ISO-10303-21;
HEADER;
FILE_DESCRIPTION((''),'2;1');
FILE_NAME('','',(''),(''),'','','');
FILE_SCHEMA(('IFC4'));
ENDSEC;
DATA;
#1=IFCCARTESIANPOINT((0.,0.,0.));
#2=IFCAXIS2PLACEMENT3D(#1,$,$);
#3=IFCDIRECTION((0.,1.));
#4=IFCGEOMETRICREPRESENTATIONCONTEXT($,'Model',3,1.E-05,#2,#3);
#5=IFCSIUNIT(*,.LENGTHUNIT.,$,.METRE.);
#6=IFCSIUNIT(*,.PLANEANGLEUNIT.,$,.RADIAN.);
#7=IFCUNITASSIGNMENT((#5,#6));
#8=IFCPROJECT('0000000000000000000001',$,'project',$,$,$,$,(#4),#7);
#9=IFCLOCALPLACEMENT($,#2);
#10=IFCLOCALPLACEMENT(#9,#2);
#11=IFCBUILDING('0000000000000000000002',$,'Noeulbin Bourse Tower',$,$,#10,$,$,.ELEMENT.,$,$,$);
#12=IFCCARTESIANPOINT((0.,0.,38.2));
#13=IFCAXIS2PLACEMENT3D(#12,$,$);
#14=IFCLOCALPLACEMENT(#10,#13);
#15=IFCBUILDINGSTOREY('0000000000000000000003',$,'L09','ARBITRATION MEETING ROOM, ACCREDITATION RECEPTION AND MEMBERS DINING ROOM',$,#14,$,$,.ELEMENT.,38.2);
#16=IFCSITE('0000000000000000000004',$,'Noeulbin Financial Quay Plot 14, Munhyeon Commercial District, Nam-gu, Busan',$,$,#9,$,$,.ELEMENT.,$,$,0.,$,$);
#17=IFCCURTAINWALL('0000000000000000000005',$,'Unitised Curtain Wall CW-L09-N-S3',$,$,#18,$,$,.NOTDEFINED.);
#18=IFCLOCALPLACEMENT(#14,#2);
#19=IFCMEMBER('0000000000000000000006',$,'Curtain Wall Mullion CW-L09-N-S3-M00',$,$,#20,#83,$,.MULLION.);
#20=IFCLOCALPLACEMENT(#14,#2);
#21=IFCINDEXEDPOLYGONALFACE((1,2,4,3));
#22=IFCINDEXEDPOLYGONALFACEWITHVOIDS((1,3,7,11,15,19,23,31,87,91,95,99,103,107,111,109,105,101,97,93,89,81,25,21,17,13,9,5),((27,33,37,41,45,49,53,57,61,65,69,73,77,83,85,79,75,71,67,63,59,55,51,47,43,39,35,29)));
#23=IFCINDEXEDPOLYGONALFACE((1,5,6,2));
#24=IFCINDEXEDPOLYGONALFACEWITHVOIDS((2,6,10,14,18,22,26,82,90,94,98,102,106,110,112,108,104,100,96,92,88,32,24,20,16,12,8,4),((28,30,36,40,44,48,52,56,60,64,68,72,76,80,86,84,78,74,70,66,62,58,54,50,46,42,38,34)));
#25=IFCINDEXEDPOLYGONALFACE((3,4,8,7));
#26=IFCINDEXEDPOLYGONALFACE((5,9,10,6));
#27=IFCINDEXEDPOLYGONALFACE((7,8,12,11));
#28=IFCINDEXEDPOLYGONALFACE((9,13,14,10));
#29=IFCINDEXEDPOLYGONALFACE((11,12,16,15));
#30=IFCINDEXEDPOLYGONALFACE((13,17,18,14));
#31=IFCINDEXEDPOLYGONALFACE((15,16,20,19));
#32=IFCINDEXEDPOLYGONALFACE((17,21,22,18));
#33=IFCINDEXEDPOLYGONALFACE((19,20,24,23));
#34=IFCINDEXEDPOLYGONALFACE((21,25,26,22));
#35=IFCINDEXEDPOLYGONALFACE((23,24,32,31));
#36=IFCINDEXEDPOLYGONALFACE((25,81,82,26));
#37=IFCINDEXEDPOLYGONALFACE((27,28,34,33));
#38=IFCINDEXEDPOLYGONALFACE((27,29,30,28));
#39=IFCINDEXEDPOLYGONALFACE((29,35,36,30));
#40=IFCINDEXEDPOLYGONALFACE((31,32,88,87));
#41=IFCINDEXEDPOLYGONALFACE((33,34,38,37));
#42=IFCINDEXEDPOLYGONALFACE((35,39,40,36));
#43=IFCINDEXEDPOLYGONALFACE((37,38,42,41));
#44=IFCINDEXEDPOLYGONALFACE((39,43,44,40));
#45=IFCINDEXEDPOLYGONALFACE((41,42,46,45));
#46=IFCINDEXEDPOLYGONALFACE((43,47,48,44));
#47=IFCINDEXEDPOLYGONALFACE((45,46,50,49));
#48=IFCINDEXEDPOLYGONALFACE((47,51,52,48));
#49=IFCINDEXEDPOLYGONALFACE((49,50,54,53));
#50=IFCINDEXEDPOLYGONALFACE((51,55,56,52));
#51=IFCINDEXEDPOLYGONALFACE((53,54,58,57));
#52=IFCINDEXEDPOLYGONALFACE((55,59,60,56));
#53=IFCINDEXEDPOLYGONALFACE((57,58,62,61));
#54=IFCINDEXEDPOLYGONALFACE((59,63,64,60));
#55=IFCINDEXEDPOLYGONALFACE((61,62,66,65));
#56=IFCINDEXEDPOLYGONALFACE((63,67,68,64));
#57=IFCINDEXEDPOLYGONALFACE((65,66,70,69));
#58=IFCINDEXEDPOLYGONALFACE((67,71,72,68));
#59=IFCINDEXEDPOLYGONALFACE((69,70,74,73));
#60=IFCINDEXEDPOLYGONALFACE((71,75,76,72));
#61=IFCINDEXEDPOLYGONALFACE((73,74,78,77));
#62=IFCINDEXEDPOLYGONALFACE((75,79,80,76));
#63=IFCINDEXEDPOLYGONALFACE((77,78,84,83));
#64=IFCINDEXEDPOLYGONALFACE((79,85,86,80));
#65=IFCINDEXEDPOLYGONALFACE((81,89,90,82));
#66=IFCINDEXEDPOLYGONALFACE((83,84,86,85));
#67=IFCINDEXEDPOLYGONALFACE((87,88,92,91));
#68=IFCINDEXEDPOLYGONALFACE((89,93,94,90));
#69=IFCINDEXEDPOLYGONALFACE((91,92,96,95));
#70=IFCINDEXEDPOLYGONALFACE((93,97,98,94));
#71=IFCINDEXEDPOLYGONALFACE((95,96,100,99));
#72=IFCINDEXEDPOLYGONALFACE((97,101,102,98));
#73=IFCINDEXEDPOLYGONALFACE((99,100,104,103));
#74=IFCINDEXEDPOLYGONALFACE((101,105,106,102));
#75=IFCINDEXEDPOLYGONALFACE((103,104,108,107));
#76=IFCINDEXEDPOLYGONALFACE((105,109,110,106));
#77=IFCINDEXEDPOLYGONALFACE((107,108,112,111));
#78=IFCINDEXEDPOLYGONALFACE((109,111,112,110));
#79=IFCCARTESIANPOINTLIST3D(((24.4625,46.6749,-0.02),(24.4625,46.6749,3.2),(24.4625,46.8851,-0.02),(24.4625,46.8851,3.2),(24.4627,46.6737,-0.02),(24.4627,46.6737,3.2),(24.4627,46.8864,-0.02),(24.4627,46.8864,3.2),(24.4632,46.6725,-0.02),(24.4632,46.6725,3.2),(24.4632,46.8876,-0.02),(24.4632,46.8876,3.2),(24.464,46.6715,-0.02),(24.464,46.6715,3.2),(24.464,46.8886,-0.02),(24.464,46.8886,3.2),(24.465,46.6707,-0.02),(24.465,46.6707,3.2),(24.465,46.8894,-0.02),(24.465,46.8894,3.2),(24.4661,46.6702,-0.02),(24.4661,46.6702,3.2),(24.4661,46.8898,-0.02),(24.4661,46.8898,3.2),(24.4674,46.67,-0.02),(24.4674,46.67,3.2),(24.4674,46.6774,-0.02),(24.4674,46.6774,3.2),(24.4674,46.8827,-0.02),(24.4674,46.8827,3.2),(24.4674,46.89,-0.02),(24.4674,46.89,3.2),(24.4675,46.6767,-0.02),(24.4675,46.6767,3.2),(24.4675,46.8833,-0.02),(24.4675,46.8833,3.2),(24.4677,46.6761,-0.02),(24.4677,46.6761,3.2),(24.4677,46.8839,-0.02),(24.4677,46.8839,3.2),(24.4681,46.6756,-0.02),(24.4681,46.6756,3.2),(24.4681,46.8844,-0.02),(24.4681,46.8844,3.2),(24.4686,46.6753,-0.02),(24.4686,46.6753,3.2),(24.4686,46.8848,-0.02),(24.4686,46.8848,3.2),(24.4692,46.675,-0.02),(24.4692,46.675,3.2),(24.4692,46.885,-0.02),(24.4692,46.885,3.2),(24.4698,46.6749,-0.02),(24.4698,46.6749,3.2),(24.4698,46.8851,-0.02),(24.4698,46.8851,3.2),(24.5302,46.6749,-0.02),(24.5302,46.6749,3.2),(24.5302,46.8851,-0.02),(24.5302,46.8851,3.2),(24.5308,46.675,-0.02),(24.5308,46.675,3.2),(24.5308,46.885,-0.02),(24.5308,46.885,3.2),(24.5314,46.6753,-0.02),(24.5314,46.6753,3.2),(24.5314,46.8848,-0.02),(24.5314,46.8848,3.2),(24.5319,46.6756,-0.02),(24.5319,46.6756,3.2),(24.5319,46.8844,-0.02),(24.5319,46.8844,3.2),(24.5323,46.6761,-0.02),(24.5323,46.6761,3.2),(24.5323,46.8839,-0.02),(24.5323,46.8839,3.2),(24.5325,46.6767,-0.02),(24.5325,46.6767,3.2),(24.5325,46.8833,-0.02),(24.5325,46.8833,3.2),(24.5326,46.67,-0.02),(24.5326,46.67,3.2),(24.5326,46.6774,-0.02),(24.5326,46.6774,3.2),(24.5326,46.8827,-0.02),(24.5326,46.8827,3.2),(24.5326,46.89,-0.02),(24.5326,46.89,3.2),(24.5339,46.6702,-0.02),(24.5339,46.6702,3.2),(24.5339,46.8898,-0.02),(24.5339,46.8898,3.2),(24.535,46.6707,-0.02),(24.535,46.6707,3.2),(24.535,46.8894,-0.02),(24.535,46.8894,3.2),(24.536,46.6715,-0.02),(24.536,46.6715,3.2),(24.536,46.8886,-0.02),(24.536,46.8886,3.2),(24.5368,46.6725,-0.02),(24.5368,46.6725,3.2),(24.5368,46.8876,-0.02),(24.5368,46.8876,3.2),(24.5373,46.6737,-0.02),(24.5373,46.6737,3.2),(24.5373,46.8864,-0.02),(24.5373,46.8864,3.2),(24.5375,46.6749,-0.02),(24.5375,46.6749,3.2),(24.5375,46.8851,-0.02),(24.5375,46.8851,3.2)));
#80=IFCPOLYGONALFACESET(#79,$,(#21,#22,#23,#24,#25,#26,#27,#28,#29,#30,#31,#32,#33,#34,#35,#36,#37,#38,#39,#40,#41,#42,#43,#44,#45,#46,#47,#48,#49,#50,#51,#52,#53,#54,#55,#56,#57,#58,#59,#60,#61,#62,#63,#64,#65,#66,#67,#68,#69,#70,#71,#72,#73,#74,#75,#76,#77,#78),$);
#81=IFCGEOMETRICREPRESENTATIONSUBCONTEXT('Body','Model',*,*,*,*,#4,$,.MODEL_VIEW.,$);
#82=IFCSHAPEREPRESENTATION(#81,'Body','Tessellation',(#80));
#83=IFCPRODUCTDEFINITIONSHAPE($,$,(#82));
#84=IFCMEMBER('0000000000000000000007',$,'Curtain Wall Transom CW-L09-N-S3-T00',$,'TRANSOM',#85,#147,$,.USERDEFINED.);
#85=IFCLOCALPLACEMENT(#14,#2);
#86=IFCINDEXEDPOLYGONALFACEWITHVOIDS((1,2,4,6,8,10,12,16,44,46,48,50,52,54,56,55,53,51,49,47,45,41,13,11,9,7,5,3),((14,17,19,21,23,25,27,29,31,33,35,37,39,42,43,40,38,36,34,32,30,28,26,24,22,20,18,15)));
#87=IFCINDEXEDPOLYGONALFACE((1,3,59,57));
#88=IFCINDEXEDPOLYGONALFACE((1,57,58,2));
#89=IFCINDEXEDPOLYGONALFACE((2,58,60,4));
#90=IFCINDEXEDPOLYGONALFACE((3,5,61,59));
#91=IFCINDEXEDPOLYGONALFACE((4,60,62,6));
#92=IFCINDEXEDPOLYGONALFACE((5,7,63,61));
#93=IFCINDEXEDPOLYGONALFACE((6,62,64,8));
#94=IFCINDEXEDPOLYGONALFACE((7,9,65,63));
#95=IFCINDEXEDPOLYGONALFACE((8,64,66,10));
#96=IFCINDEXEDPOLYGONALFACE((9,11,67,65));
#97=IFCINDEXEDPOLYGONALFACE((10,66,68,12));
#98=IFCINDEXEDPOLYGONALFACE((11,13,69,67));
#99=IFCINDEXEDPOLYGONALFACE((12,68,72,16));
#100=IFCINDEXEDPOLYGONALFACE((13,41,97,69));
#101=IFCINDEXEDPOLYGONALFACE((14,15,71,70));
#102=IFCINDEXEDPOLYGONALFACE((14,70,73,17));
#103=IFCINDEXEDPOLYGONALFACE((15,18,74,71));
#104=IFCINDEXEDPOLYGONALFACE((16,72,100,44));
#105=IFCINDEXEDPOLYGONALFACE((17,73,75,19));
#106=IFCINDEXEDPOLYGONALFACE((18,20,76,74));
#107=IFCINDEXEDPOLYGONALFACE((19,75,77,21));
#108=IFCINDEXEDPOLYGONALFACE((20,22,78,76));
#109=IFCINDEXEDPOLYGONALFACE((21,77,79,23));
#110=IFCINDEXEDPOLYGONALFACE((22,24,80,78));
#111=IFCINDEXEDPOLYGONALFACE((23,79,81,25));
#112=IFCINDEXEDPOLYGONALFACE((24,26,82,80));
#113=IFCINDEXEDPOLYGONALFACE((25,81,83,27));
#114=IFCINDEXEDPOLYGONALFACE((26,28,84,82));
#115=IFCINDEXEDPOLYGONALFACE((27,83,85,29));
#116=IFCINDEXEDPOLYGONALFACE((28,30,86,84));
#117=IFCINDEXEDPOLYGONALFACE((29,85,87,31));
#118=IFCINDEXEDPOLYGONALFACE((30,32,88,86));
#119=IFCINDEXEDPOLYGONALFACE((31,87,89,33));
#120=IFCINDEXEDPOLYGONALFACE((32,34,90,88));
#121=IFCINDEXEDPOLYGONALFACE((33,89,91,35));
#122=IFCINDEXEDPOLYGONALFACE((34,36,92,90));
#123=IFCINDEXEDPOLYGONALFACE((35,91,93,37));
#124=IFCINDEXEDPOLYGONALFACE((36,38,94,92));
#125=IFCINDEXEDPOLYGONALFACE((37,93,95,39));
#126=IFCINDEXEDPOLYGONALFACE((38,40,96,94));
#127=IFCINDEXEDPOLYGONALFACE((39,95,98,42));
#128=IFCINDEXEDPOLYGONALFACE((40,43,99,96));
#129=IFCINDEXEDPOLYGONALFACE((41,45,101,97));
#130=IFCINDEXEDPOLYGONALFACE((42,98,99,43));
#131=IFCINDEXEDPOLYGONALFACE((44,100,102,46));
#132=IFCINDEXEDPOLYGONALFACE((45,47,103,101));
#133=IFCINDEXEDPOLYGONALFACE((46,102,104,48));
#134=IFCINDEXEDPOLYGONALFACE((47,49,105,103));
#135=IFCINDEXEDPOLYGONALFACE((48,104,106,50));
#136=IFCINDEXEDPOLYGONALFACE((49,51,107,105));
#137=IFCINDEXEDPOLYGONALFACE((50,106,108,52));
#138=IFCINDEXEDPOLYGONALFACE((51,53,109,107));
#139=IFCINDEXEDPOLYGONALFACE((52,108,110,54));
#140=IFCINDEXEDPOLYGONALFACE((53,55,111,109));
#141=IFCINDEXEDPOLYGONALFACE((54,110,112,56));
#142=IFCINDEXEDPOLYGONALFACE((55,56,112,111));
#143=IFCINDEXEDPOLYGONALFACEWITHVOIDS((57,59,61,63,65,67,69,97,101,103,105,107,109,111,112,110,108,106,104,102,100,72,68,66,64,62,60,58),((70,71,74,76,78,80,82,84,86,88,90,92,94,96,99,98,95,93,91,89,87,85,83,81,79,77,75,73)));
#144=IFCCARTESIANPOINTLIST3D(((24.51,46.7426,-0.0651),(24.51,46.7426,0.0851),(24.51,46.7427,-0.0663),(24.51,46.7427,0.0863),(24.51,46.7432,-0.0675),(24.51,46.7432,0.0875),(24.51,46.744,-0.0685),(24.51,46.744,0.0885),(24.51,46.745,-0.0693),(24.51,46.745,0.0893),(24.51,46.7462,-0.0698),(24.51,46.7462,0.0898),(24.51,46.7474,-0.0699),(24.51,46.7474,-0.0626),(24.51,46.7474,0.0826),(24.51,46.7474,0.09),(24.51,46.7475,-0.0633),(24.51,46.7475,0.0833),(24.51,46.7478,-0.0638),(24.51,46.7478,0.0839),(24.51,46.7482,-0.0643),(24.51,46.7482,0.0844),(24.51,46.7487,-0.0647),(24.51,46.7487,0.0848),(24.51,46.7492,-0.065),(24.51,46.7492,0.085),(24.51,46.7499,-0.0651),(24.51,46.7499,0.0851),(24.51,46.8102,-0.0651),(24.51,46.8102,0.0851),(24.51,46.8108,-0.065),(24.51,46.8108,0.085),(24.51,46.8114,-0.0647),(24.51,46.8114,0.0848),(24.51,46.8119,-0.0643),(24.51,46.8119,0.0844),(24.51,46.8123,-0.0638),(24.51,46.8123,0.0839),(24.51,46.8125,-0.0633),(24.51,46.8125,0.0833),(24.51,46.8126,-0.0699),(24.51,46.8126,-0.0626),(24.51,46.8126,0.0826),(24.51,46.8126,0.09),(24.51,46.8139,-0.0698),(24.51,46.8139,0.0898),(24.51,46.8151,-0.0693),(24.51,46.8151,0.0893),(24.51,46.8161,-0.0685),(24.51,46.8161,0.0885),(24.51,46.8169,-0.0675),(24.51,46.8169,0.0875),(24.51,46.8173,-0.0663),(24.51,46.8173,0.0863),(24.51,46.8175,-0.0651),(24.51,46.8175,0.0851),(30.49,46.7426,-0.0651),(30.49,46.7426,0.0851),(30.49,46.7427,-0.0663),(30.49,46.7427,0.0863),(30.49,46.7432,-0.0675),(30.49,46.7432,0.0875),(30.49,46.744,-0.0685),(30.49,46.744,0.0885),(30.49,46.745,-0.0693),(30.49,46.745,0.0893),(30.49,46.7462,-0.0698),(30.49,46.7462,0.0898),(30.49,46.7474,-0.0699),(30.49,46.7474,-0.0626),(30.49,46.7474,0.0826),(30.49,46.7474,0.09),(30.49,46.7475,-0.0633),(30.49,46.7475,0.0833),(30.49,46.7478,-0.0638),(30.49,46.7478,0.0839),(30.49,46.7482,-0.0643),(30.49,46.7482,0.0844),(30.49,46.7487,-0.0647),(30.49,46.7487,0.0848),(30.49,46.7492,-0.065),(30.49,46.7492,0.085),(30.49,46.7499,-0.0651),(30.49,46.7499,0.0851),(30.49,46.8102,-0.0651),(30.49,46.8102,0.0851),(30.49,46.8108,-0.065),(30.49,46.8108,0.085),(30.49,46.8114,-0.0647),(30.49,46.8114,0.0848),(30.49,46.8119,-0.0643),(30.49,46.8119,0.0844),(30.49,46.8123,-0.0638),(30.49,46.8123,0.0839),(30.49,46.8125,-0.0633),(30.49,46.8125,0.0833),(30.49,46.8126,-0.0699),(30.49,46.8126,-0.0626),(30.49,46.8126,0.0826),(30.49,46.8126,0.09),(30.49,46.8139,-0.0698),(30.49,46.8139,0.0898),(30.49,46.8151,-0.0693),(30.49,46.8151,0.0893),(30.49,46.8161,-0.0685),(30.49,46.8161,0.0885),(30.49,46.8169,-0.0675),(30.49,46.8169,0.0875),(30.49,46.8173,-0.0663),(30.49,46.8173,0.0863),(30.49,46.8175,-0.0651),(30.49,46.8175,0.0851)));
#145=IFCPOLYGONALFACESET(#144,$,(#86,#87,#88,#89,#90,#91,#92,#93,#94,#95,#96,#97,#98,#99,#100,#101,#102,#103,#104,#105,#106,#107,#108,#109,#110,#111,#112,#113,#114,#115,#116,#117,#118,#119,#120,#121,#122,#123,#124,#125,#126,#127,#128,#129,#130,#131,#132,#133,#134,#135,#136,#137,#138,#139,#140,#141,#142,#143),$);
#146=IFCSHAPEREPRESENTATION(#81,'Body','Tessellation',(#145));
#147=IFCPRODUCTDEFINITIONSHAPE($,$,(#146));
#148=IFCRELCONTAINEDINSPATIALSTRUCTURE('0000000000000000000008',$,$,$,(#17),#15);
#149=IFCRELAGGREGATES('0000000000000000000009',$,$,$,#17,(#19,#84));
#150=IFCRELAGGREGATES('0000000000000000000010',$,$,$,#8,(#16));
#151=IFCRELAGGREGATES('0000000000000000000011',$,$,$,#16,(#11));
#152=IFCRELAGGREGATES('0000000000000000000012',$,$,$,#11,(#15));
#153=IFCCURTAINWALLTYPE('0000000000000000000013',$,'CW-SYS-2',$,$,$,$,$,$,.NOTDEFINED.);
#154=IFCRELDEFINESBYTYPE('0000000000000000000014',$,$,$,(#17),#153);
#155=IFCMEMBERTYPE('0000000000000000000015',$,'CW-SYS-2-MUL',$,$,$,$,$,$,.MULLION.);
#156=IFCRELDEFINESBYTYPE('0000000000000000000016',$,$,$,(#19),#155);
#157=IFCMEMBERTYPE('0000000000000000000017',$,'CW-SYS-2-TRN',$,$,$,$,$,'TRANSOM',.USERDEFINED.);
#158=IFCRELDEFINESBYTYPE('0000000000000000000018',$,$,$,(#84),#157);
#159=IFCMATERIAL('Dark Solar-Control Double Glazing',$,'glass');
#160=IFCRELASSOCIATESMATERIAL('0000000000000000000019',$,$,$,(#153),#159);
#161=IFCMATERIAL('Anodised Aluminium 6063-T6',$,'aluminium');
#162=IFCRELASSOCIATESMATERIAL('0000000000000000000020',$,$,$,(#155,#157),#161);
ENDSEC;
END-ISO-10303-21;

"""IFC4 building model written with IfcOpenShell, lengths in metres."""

from ifc_helpers import new_model, si_unit, direction, frame, origin, origin_2d, place, context, subcontext, project, spatial, hollow_rectangle, extrude, material, material_profile, profile_set, type_object, element, aggregate, save


model = new_model("IFC4")

# Units and contexts
model_context = context("Model", 3, precision=1e-05, world=origin(), true_north=direction((0.0, 1.0)))
body_context = subcontext(model_context, "Body", "Model", "MODEL_VIEW")
ifc_project = project(units=[si_unit("LENGTHUNIT", "METRE"), si_unit("PLANEANGLEUNIT", "RADIAN")], contexts=[model_context])

# Site, building, storey
site_placement = place(None, origin())
site = spatial("IfcSite", under=ifc_project, at=site_placement, Name="Noeulbin Financial Quay Plot 14, Munhyeon Commercial District, Nam-gu, Busan", CompositionType="ELEMENT", RefElevation=0.0)
building_placement = place(site_placement, origin())
building = spatial("IfcBuilding", under=site, at=building_placement, Name="Noeulbin Bourse Tower", CompositionType="ELEMENT")
storey_placement = place(building_placement, frame((0.0, 0.0, 38.2)))
storey = spatial("IfcBuildingStorey", under=building, at=storey_placement, Name="L09", Description="ARBITRATION MEETING ROOM, ACCREDITATION RECEPTION AND MEMBERS DINING ROOM", CompositionType="ELEMENT", Elevation=38.2)

# Curtain wall, members
ifc_material_1 = material(Name="Dark Solar-Control Double Glazing", Category="glass")
curtain_wall_type = type_object("IfcCurtainWallType", Name="CW-SYS-2", PredefinedType="NOTDEFINED", material=ifc_material_1)
ifc_material_2 = material(Name="Anodised Aluminium 6063-T6", Category="aluminium")
ifc_material_profile_1 = material_profile(ifc_material_2, hollow_rectangle(XDim=0.075, YDim=0.22, WallThickness=0.0049, InnerFilletRadius=0.0024, OuterFilletRadius=0.0049, at=origin_2d()), Name="ALU-MULL-75x220x5", Category="LoadBearing")
ifc_profile_set_1 = profile_set([ifc_material_profile_1], Name="Anodised Aluminium 6063-T6")
member_type_1 = type_object("IfcMemberType", Name="CW-SYS-2-MUL", PredefinedType="MULLION", material=ifc_profile_set_1)
curtain_wall_1_placement = place(storey_placement, origin())
curtain_wall_1 = element("IfcCurtainWall", 1, at=curtain_wall_1_placement, inside=storey, type_object=curtain_wall_type, Name="Unitised Curtain Wall CW-L09-N-S3", PredefinedType="NOTDEFINED")
member_1_placement = place(storey_placement, frame((24.5, 46.78, -0.02), z_axis=(0.0, 0.0, 1.0), x_axis=(1.0, 0.0, 0.0)))
member_1 = element("IfcMember", 2, at=member_1_placement, type_object=member_type_1, Name="Curtain Wall Mullion CW-L09-N-S3-M00", PredefinedType="MULLION", context=body_context, shape_type="SweptSolid", body=[
    extrude(hollow_rectangle(XDim=0.075, YDim=0.22, WallThickness=0.0049, InnerFilletRadius=0.0024, OuterFilletRadius=0.0049, at=origin_2d()), origin(), (0.0, 0.0, 1.0), 3.22),
])
ifc_material_profile_2 = material_profile(ifc_material_2, hollow_rectangle(XDim=0.075, YDim=0.1599, WallThickness=0.0049, InnerFilletRadius=0.0024, OuterFilletRadius=0.0049, at=origin_2d()), Name="ALU-TRAN-75x160x5", Category="LoadBearing")
ifc_profile_set_2 = profile_set([ifc_material_profile_2], Name="Anodised Aluminium 6063-T6")
member_type_2 = type_object("IfcMemberType", Name="CW-SYS-2-TRN", ElementType="TRANSOM", PredefinedType="USERDEFINED", material=ifc_profile_set_2)
member_2_placement = place(storey_placement, frame((24.51, 46.78, 0.01), z_axis=(1.0, 0.0, 0.0), x_axis=(0.0, 1.0, 0.0)))
member_2 = element("IfcMember", 3, at=member_2_placement, type_object=member_type_2, Name="Curtain Wall Transom CW-L09-N-S3-T00", ObjectType="TRANSOM", PredefinedType="USERDEFINED", context=body_context, shape_type="SweptSolid", body=[
    extrude(hollow_rectangle(XDim=0.075, YDim=0.1599, WallThickness=0.0049, InnerFilletRadius=0.0024, OuterFilletRadius=0.0049, at=origin_2d()), origin(), (0.0, 0.0, 1.0), 5.98),
])

aggregate(curtain_wall_1, [member_1, member_2])

save(model, "model.ifc")
